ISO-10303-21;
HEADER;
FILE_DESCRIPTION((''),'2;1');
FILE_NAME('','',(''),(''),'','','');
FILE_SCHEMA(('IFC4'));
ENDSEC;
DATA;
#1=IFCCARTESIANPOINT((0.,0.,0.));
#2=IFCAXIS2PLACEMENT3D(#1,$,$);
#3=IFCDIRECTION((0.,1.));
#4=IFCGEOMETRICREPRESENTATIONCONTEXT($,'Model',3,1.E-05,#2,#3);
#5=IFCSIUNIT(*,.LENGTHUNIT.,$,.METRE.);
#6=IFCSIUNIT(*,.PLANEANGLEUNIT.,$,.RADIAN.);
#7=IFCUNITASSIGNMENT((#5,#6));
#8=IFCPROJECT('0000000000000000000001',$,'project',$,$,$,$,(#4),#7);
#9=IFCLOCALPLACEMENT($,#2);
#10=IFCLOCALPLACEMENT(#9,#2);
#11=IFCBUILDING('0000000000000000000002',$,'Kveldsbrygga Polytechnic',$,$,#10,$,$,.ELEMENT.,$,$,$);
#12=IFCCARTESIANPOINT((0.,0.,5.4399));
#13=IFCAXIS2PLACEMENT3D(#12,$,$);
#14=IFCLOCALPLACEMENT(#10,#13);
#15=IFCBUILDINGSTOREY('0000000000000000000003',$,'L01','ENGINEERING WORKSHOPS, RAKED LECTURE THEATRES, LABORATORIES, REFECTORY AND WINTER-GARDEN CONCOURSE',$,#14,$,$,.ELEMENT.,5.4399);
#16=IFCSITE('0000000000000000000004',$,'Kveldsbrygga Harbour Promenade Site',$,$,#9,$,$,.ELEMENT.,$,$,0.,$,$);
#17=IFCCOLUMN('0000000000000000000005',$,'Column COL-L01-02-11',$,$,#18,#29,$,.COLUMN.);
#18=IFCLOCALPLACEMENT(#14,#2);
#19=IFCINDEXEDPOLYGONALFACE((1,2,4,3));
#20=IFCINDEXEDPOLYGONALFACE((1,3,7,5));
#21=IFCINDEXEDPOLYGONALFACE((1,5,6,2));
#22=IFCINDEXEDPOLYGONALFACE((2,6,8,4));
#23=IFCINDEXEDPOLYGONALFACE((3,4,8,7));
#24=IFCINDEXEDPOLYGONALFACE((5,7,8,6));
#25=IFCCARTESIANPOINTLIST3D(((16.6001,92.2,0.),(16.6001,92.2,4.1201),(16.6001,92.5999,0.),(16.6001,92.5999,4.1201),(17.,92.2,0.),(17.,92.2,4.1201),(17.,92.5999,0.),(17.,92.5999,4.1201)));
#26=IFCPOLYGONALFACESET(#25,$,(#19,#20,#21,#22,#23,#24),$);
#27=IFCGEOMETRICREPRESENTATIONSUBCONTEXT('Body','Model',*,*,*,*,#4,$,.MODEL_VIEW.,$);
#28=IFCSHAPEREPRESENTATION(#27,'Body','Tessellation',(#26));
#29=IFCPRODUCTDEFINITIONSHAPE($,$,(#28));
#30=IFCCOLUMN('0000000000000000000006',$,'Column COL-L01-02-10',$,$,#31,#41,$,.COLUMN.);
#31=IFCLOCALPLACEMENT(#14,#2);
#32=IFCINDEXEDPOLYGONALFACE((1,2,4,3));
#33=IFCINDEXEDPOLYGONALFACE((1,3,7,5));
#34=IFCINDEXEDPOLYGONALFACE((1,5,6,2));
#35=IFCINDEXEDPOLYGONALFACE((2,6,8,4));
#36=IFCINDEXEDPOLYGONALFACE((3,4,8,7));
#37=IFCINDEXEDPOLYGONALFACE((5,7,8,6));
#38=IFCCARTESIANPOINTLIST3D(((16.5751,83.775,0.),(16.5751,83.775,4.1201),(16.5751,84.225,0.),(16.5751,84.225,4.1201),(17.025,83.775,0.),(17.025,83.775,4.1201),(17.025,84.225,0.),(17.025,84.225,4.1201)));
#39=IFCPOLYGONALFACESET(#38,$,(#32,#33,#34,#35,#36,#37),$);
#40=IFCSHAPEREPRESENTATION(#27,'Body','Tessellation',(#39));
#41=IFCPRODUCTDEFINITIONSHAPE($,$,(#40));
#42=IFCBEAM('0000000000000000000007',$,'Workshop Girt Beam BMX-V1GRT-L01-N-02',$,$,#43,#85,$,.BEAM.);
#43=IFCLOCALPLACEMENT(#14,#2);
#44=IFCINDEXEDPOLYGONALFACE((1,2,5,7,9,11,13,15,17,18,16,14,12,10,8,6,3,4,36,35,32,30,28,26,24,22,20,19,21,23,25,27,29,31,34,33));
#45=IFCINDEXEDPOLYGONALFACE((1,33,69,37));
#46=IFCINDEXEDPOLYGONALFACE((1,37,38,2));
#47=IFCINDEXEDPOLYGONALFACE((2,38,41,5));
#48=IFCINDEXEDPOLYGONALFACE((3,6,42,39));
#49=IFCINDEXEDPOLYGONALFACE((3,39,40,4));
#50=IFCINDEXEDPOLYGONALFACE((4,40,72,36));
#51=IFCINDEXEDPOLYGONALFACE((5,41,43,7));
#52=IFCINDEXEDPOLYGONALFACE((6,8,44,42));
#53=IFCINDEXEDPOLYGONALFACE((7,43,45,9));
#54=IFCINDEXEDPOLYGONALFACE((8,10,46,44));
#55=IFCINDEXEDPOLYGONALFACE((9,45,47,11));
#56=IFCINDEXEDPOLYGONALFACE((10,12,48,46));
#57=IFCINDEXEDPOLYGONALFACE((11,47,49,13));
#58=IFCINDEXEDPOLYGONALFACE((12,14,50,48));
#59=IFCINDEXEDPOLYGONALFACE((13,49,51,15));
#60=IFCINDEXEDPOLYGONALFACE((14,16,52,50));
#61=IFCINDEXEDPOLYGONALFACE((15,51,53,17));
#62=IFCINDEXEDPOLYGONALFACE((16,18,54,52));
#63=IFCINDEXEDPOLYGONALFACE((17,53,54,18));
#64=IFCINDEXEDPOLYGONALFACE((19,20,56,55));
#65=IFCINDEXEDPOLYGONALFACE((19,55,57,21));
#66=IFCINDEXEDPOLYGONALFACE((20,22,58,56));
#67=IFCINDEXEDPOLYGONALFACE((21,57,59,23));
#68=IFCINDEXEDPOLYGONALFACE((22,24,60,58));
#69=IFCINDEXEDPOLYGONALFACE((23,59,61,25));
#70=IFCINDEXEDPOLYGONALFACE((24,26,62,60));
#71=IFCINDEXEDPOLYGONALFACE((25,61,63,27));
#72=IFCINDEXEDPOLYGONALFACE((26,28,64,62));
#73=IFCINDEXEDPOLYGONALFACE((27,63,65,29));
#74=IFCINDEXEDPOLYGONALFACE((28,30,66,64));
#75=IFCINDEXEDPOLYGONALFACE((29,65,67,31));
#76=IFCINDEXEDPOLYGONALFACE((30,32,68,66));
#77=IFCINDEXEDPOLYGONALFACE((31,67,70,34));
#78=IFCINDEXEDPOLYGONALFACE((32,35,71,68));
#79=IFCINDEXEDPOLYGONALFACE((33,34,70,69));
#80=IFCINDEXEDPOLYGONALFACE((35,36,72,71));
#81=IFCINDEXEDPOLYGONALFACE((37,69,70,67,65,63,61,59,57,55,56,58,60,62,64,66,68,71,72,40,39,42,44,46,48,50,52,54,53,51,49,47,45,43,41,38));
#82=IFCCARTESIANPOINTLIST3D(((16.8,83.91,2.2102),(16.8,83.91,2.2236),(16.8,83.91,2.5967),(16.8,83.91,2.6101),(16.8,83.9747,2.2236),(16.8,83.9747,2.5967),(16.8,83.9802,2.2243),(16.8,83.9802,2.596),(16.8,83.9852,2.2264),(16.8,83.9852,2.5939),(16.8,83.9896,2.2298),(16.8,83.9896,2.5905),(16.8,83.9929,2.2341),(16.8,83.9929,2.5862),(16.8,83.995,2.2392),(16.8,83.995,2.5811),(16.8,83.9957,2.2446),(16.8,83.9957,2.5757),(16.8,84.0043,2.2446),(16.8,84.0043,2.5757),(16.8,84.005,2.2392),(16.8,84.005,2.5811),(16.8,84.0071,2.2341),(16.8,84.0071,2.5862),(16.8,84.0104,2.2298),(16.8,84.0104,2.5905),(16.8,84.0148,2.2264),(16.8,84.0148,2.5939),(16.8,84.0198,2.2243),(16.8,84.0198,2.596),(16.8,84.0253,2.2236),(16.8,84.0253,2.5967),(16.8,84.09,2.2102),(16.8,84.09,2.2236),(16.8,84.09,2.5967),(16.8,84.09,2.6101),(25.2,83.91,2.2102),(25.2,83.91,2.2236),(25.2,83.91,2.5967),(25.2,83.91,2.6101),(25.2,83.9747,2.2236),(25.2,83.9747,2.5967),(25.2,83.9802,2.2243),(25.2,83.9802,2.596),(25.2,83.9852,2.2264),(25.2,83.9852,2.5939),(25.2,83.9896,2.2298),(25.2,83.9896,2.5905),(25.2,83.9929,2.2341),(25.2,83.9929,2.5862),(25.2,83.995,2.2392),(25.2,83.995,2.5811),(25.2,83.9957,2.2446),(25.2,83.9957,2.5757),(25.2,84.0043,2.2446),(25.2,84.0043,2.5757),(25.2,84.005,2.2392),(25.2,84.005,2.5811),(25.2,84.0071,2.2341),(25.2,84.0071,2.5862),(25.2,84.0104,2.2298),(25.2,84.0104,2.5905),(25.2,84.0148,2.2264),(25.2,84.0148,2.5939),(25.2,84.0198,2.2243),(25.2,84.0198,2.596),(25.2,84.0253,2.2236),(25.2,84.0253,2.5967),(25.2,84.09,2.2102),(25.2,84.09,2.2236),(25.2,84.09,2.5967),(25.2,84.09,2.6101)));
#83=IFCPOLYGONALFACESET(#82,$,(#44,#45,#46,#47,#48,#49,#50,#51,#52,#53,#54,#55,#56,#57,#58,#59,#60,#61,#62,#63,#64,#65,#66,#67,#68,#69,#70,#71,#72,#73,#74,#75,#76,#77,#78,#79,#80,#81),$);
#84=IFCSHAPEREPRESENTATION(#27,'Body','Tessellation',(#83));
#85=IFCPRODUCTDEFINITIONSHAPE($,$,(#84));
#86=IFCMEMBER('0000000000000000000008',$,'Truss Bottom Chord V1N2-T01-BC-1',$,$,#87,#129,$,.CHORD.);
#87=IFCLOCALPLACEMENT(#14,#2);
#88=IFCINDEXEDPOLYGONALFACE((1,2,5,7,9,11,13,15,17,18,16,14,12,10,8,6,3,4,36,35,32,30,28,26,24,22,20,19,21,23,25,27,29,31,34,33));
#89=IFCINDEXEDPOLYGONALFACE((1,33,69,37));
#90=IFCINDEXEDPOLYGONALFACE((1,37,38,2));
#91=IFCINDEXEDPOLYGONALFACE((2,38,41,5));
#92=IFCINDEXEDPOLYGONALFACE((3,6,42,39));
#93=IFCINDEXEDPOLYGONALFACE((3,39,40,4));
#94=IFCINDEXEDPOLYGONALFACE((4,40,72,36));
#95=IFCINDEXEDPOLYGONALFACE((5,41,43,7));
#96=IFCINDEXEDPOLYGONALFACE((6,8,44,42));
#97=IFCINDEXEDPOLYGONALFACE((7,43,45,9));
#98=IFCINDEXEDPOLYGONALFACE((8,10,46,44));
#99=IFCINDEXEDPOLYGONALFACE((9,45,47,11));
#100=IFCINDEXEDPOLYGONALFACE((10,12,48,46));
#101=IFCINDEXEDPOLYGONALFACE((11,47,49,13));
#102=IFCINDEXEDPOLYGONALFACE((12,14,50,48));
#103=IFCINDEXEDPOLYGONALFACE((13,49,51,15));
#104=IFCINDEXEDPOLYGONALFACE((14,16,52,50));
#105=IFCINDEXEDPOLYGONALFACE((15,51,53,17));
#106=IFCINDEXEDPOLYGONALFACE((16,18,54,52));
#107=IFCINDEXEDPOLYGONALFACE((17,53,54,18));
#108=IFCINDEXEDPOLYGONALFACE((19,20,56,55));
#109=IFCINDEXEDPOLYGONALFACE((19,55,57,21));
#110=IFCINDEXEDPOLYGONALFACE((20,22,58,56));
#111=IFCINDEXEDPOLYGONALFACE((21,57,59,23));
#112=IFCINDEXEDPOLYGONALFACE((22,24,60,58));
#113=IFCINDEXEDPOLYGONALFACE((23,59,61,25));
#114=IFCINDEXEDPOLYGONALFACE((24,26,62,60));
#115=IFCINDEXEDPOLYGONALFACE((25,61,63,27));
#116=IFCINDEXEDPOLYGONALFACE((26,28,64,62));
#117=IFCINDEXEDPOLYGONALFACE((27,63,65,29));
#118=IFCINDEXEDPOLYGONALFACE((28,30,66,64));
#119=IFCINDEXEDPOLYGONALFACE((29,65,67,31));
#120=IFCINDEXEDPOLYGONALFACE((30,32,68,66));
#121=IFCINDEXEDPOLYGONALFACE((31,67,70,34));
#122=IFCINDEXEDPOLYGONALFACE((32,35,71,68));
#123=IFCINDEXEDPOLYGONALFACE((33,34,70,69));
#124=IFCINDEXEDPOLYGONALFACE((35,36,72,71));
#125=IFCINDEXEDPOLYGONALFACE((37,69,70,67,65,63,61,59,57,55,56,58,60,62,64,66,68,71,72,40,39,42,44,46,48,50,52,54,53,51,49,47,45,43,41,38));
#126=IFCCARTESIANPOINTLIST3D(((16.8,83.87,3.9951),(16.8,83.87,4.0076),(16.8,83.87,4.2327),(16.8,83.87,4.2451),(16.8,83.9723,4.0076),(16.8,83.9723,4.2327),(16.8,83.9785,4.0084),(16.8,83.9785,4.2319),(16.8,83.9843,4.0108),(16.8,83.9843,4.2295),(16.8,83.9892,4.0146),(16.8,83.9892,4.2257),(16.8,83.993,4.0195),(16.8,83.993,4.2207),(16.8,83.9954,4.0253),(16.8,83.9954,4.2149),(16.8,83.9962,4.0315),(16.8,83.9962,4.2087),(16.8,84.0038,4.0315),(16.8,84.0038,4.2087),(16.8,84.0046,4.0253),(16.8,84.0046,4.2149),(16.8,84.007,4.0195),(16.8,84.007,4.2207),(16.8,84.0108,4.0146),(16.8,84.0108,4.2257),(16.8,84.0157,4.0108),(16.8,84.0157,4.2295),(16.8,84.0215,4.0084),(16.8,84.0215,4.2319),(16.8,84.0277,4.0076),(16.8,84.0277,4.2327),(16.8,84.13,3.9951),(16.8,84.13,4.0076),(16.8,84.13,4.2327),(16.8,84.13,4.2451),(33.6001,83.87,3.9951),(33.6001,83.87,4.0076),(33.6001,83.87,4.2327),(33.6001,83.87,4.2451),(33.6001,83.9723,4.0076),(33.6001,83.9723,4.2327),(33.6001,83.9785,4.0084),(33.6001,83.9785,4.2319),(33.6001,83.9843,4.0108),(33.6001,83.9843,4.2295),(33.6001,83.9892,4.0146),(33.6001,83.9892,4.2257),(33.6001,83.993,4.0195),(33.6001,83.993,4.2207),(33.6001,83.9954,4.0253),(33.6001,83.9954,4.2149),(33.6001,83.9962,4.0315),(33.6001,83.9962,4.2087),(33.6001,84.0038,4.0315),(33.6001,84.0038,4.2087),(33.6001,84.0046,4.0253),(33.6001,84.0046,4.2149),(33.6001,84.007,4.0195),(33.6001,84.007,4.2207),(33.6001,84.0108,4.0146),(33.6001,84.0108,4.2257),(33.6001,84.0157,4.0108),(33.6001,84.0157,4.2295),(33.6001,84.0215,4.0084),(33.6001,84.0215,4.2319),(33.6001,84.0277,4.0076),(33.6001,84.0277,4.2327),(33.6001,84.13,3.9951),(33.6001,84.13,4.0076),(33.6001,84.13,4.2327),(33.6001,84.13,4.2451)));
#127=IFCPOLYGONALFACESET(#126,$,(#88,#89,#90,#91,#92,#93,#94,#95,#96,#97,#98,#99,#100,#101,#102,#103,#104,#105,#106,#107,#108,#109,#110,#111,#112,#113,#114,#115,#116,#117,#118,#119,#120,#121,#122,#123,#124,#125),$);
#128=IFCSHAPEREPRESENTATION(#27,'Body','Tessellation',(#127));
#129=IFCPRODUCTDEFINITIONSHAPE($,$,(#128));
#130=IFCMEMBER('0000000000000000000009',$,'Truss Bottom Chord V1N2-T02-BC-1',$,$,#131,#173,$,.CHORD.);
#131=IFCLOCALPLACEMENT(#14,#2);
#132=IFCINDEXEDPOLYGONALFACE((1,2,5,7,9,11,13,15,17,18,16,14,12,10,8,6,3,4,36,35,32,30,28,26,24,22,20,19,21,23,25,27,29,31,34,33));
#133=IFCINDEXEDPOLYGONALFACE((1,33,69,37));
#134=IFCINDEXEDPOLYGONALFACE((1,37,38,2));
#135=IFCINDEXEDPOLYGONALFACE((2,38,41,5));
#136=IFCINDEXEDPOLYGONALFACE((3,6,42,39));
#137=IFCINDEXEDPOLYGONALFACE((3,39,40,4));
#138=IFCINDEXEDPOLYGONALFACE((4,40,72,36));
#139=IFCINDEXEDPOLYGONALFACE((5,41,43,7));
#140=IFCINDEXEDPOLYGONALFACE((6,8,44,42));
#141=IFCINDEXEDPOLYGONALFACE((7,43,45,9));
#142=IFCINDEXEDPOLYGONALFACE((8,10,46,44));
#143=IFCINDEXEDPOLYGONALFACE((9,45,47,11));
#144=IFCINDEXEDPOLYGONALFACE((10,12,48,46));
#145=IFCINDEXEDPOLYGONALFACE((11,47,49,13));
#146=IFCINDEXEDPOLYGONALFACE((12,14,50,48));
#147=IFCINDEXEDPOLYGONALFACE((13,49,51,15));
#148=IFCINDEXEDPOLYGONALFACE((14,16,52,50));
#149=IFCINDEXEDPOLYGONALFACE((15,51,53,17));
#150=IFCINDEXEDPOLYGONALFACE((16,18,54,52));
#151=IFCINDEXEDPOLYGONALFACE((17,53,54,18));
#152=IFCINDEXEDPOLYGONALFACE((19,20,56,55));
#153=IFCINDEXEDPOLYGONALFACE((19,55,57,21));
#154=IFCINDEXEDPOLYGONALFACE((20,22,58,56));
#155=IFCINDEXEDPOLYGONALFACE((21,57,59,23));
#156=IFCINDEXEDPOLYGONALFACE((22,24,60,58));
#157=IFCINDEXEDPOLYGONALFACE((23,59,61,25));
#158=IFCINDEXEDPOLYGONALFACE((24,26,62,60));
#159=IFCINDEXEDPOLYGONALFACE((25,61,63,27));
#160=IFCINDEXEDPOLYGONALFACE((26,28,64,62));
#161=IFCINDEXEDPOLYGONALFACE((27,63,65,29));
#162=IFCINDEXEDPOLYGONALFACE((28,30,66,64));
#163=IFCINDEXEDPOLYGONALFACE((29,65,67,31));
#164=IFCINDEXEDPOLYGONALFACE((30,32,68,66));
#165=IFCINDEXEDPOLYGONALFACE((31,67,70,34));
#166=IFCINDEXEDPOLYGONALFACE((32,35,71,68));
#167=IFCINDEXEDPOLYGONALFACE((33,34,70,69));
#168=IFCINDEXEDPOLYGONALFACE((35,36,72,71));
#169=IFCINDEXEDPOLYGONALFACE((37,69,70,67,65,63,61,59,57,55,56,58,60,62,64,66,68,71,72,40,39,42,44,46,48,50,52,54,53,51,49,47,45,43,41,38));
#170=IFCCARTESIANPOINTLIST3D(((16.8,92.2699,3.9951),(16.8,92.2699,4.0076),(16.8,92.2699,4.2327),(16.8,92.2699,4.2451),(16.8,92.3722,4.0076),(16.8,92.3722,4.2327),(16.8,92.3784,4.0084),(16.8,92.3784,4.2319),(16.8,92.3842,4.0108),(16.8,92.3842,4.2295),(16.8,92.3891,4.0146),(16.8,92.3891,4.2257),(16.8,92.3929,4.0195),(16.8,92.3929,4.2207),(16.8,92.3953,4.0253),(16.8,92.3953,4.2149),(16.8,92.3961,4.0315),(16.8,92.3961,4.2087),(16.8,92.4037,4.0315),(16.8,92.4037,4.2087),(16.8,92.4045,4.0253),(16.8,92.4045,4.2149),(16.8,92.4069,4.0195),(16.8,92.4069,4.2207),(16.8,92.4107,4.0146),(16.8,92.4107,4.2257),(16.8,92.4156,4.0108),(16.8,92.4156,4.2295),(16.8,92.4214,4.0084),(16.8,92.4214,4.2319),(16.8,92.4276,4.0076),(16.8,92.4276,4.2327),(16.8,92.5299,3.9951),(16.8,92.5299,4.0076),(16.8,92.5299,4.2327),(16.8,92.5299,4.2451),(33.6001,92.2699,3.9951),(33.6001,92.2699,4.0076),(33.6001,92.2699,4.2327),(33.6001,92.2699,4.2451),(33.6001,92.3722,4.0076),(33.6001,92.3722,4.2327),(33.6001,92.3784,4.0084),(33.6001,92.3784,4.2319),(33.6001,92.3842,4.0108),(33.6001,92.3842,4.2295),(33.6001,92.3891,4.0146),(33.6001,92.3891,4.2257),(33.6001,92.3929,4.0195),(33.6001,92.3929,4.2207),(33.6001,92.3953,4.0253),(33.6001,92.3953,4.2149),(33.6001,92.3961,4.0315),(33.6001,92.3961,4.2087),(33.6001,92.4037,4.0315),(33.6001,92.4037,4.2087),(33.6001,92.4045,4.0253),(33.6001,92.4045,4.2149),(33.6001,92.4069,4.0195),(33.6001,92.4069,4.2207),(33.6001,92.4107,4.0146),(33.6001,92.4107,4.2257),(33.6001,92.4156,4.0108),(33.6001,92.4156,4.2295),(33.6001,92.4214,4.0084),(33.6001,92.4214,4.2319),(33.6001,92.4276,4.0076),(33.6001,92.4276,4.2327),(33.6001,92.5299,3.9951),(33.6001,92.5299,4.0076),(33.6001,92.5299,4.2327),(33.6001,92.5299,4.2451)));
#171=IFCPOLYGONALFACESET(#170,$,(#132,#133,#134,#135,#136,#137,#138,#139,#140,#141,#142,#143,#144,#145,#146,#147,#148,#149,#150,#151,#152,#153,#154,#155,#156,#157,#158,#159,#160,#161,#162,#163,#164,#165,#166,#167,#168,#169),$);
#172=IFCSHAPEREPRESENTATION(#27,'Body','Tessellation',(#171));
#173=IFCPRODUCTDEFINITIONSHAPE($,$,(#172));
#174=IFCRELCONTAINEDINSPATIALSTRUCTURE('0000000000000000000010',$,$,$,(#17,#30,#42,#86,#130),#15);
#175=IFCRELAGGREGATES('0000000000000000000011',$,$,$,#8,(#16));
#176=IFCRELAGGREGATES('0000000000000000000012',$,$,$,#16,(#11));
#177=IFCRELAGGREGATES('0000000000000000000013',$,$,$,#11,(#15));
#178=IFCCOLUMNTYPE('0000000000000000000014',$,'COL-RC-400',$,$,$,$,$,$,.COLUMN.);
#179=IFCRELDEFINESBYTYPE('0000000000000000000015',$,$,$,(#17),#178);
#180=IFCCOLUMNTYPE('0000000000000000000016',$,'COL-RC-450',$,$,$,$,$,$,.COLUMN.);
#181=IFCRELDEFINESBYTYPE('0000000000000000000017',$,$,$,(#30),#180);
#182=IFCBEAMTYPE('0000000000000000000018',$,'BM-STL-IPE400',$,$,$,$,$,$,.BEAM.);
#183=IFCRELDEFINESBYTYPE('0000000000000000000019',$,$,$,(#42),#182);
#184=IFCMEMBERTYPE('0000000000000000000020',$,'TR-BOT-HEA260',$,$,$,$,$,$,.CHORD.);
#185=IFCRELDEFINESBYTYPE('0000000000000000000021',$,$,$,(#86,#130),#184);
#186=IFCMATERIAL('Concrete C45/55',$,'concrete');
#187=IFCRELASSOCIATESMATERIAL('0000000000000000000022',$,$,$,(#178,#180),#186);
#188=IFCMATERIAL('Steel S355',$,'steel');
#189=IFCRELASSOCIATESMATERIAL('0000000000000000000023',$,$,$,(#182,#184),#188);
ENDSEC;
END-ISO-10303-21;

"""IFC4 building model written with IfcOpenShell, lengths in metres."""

from ifc_helpers import new_model, si_unit, direction, frame, origin, origin_2d, place, context, subcontext, project, spatial, rectangle, i_section, extrude, material, material_profile, profile_set, type_object, element, save


model = new_model("IFC4")

# Units and contexts
model_context = context("Model", 3, precision=1e-05, world=origin(), true_north=direction((0.0, 1.0)))
body_context = subcontext(model_context, "Body", "Model", "MODEL_VIEW")
ifc_project = project(units=[si_unit("LENGTHUNIT", "METRE"), si_unit("PLANEANGLEUNIT", "RADIAN")], contexts=[model_context])

# Site, building, storey
site_placement = place(None, origin())
site = spatial("IfcSite", under=ifc_project, at=site_placement, Name="Kveldsbrygga Harbour Promenade Site", CompositionType="ELEMENT", RefElevation=0.0)
building_placement = place(site_placement, origin())
building = spatial("IfcBuilding", under=site, at=building_placement, Name="Kveldsbrygga Polytechnic", CompositionType="ELEMENT")
storey_placement = place(building_placement, frame((0.0, 0.0, 5.4399)))
storey = spatial("IfcBuildingStorey", under=building, at=storey_placement, Name="L01", Description="ENGINEERING WORKSHOPS, RAKED LECTURE THEATRES, LABORATORIES, REFECTORY AND WINTER-GARDEN CONCOURSE", CompositionType="ELEMENT", Elevation=5.4399)

# Columns
ifc_material_1 = material(Name="Concrete C45/55", Category="concrete")
ifc_material_profile_1 = material_profile(ifc_material_1, rectangle(XDim=0.3999, YDim=0.3999, at=origin_2d()), Name="RC 400x400")
ifc_profile_set_1 = profile_set([ifc_material_profile_1], Name="Concrete C45/55")
column_type_1 = type_object("IfcColumnType", Name="COL-RC-400", PredefinedType="COLUMN", material=ifc_profile_set_1)
column_1_placement = place(storey_placement, frame((16.8, 92.3999, 0.0), z_axis=(0.0, 0.0, 1.0), x_axis=(1.0, 0.0, 0.0)))
element("IfcColumn", 1, at=column_1_placement, inside=storey, type_object=column_type_1, Name="Column COL-L01-02-11", PredefinedType="COLUMN", context=body_context, shape_type="SweptSolid", body=[
    extrude(rectangle(XDim=0.3999, YDim=0.3999, at=origin_2d()), origin(), (0.0, 0.0, 1.0), 4.1201),
])
ifc_material_profile_2 = material_profile(ifc_material_1, rectangle(XDim=0.45, YDim=0.45, at=origin_2d()), Name="RC 450x450")
ifc_profile_set_2 = profile_set([ifc_material_profile_2], Name="Concrete C45/55")
column_type_2 = type_object("IfcColumnType", Name="COL-RC-450", PredefinedType="COLUMN", material=ifc_profile_set_2)
column_2_placement = place(storey_placement, frame((16.8, 84.0, 0.0), z_axis=(0.0, 0.0, 1.0), x_axis=(1.0, 0.0, 0.0)))
element("IfcColumn", 2, at=column_2_placement, inside=storey, type_object=column_type_2, Name="Column COL-L01-02-10", PredefinedType="COLUMN", context=body_context, shape_type="SweptSolid", body=[
    extrude(rectangle(XDim=0.45, YDim=0.45, at=origin_2d()), origin(), (0.0, 0.0, 1.0), 4.1201),
])

# Beam
ifc_material_2 = material(Name="Steel S355", Category="steel")
ifc_material_profile_3 = material_profile(ifc_material_2, i_section(OverallWidth=0.1799, OverallDepth=0.3999, WebThickness=0.0085, FlangeThickness=0.0134, FilletRadius=0.021, at=origin_2d()), Name="IPE 400")
ifc_profile_set_3 = profile_set([ifc_material_profile_3], Name="Steel S355")
beam_type = type_object("IfcBeamType", Name="BM-STL-IPE400", PredefinedType="BEAM", material=ifc_profile_set_3)
beam_placement = place(storey_placement, frame((16.8, 84.0, 2.4102), z_axis=(1.0, 0.0, 0.0), x_axis=(0.0, 1.0, 0.0)))
element("IfcBeam", 3, at=beam_placement, inside=storey, type_object=beam_type, Name="Workshop Girt Beam BMX-V1GRT-L01-N-02", PredefinedType="BEAM", context=body_context, shape_type="SweptSolid", body=[
    extrude(i_section(OverallWidth=0.1799, OverallDepth=0.3999, WebThickness=0.0085, FlangeThickness=0.0134, FilletRadius=0.021, at=origin_2d()), origin(), (0.0, 0.0, 1.0), 8.3999),
])

# Members
ifc_material_profile_4 = material_profile(ifc_material_2, i_section(OverallWidth=0.26, OverallDepth=0.25, WebThickness=0.0076, FlangeThickness=0.0125, FilletRadius=0.0239, at=origin_2d()), Name="HEA 260")
ifc_profile_set_4 = profile_set([ifc_material_profile_4], Name="Steel S355")
member_type_1 = type_object("IfcMemberType", Name="TR-BOT-HEA260", PredefinedType="CHORD", material=ifc_profile_set_4)
for number, where, z_axis, x_axis, name in (
    (4, (16.8, 84.0, 4.1201), (1.0, 0.0, 0.0), (0.0, 1.0, 0.0), "Truss Bottom Chord V1N2-T01-BC-1"),
    (5, (16.8, 92.3999, 4.1201), (1.0, 0.0, 0.0), (0.0, 1.0, 0.0), "Truss Bottom Chord V1N2-T02-BC-1"),
):
    element("IfcMember", number, at=place(storey_placement, frame(where, z_axis=z_axis, x_axis=x_axis)), inside=storey, type_object=member_type_1, Name=name, PredefinedType="CHORD", context=body_context, shape_type="SweptSolid", body=[
        extrude(i_section(OverallWidth=0.26, OverallDepth=0.25, WebThickness=0.0076, FlangeThickness=0.0125, FilletRadius=0.0239, at=origin_2d()), origin(), (0.0, 0.0, 1.0), 16.8),
    ])

save(model, "model.ifc")
